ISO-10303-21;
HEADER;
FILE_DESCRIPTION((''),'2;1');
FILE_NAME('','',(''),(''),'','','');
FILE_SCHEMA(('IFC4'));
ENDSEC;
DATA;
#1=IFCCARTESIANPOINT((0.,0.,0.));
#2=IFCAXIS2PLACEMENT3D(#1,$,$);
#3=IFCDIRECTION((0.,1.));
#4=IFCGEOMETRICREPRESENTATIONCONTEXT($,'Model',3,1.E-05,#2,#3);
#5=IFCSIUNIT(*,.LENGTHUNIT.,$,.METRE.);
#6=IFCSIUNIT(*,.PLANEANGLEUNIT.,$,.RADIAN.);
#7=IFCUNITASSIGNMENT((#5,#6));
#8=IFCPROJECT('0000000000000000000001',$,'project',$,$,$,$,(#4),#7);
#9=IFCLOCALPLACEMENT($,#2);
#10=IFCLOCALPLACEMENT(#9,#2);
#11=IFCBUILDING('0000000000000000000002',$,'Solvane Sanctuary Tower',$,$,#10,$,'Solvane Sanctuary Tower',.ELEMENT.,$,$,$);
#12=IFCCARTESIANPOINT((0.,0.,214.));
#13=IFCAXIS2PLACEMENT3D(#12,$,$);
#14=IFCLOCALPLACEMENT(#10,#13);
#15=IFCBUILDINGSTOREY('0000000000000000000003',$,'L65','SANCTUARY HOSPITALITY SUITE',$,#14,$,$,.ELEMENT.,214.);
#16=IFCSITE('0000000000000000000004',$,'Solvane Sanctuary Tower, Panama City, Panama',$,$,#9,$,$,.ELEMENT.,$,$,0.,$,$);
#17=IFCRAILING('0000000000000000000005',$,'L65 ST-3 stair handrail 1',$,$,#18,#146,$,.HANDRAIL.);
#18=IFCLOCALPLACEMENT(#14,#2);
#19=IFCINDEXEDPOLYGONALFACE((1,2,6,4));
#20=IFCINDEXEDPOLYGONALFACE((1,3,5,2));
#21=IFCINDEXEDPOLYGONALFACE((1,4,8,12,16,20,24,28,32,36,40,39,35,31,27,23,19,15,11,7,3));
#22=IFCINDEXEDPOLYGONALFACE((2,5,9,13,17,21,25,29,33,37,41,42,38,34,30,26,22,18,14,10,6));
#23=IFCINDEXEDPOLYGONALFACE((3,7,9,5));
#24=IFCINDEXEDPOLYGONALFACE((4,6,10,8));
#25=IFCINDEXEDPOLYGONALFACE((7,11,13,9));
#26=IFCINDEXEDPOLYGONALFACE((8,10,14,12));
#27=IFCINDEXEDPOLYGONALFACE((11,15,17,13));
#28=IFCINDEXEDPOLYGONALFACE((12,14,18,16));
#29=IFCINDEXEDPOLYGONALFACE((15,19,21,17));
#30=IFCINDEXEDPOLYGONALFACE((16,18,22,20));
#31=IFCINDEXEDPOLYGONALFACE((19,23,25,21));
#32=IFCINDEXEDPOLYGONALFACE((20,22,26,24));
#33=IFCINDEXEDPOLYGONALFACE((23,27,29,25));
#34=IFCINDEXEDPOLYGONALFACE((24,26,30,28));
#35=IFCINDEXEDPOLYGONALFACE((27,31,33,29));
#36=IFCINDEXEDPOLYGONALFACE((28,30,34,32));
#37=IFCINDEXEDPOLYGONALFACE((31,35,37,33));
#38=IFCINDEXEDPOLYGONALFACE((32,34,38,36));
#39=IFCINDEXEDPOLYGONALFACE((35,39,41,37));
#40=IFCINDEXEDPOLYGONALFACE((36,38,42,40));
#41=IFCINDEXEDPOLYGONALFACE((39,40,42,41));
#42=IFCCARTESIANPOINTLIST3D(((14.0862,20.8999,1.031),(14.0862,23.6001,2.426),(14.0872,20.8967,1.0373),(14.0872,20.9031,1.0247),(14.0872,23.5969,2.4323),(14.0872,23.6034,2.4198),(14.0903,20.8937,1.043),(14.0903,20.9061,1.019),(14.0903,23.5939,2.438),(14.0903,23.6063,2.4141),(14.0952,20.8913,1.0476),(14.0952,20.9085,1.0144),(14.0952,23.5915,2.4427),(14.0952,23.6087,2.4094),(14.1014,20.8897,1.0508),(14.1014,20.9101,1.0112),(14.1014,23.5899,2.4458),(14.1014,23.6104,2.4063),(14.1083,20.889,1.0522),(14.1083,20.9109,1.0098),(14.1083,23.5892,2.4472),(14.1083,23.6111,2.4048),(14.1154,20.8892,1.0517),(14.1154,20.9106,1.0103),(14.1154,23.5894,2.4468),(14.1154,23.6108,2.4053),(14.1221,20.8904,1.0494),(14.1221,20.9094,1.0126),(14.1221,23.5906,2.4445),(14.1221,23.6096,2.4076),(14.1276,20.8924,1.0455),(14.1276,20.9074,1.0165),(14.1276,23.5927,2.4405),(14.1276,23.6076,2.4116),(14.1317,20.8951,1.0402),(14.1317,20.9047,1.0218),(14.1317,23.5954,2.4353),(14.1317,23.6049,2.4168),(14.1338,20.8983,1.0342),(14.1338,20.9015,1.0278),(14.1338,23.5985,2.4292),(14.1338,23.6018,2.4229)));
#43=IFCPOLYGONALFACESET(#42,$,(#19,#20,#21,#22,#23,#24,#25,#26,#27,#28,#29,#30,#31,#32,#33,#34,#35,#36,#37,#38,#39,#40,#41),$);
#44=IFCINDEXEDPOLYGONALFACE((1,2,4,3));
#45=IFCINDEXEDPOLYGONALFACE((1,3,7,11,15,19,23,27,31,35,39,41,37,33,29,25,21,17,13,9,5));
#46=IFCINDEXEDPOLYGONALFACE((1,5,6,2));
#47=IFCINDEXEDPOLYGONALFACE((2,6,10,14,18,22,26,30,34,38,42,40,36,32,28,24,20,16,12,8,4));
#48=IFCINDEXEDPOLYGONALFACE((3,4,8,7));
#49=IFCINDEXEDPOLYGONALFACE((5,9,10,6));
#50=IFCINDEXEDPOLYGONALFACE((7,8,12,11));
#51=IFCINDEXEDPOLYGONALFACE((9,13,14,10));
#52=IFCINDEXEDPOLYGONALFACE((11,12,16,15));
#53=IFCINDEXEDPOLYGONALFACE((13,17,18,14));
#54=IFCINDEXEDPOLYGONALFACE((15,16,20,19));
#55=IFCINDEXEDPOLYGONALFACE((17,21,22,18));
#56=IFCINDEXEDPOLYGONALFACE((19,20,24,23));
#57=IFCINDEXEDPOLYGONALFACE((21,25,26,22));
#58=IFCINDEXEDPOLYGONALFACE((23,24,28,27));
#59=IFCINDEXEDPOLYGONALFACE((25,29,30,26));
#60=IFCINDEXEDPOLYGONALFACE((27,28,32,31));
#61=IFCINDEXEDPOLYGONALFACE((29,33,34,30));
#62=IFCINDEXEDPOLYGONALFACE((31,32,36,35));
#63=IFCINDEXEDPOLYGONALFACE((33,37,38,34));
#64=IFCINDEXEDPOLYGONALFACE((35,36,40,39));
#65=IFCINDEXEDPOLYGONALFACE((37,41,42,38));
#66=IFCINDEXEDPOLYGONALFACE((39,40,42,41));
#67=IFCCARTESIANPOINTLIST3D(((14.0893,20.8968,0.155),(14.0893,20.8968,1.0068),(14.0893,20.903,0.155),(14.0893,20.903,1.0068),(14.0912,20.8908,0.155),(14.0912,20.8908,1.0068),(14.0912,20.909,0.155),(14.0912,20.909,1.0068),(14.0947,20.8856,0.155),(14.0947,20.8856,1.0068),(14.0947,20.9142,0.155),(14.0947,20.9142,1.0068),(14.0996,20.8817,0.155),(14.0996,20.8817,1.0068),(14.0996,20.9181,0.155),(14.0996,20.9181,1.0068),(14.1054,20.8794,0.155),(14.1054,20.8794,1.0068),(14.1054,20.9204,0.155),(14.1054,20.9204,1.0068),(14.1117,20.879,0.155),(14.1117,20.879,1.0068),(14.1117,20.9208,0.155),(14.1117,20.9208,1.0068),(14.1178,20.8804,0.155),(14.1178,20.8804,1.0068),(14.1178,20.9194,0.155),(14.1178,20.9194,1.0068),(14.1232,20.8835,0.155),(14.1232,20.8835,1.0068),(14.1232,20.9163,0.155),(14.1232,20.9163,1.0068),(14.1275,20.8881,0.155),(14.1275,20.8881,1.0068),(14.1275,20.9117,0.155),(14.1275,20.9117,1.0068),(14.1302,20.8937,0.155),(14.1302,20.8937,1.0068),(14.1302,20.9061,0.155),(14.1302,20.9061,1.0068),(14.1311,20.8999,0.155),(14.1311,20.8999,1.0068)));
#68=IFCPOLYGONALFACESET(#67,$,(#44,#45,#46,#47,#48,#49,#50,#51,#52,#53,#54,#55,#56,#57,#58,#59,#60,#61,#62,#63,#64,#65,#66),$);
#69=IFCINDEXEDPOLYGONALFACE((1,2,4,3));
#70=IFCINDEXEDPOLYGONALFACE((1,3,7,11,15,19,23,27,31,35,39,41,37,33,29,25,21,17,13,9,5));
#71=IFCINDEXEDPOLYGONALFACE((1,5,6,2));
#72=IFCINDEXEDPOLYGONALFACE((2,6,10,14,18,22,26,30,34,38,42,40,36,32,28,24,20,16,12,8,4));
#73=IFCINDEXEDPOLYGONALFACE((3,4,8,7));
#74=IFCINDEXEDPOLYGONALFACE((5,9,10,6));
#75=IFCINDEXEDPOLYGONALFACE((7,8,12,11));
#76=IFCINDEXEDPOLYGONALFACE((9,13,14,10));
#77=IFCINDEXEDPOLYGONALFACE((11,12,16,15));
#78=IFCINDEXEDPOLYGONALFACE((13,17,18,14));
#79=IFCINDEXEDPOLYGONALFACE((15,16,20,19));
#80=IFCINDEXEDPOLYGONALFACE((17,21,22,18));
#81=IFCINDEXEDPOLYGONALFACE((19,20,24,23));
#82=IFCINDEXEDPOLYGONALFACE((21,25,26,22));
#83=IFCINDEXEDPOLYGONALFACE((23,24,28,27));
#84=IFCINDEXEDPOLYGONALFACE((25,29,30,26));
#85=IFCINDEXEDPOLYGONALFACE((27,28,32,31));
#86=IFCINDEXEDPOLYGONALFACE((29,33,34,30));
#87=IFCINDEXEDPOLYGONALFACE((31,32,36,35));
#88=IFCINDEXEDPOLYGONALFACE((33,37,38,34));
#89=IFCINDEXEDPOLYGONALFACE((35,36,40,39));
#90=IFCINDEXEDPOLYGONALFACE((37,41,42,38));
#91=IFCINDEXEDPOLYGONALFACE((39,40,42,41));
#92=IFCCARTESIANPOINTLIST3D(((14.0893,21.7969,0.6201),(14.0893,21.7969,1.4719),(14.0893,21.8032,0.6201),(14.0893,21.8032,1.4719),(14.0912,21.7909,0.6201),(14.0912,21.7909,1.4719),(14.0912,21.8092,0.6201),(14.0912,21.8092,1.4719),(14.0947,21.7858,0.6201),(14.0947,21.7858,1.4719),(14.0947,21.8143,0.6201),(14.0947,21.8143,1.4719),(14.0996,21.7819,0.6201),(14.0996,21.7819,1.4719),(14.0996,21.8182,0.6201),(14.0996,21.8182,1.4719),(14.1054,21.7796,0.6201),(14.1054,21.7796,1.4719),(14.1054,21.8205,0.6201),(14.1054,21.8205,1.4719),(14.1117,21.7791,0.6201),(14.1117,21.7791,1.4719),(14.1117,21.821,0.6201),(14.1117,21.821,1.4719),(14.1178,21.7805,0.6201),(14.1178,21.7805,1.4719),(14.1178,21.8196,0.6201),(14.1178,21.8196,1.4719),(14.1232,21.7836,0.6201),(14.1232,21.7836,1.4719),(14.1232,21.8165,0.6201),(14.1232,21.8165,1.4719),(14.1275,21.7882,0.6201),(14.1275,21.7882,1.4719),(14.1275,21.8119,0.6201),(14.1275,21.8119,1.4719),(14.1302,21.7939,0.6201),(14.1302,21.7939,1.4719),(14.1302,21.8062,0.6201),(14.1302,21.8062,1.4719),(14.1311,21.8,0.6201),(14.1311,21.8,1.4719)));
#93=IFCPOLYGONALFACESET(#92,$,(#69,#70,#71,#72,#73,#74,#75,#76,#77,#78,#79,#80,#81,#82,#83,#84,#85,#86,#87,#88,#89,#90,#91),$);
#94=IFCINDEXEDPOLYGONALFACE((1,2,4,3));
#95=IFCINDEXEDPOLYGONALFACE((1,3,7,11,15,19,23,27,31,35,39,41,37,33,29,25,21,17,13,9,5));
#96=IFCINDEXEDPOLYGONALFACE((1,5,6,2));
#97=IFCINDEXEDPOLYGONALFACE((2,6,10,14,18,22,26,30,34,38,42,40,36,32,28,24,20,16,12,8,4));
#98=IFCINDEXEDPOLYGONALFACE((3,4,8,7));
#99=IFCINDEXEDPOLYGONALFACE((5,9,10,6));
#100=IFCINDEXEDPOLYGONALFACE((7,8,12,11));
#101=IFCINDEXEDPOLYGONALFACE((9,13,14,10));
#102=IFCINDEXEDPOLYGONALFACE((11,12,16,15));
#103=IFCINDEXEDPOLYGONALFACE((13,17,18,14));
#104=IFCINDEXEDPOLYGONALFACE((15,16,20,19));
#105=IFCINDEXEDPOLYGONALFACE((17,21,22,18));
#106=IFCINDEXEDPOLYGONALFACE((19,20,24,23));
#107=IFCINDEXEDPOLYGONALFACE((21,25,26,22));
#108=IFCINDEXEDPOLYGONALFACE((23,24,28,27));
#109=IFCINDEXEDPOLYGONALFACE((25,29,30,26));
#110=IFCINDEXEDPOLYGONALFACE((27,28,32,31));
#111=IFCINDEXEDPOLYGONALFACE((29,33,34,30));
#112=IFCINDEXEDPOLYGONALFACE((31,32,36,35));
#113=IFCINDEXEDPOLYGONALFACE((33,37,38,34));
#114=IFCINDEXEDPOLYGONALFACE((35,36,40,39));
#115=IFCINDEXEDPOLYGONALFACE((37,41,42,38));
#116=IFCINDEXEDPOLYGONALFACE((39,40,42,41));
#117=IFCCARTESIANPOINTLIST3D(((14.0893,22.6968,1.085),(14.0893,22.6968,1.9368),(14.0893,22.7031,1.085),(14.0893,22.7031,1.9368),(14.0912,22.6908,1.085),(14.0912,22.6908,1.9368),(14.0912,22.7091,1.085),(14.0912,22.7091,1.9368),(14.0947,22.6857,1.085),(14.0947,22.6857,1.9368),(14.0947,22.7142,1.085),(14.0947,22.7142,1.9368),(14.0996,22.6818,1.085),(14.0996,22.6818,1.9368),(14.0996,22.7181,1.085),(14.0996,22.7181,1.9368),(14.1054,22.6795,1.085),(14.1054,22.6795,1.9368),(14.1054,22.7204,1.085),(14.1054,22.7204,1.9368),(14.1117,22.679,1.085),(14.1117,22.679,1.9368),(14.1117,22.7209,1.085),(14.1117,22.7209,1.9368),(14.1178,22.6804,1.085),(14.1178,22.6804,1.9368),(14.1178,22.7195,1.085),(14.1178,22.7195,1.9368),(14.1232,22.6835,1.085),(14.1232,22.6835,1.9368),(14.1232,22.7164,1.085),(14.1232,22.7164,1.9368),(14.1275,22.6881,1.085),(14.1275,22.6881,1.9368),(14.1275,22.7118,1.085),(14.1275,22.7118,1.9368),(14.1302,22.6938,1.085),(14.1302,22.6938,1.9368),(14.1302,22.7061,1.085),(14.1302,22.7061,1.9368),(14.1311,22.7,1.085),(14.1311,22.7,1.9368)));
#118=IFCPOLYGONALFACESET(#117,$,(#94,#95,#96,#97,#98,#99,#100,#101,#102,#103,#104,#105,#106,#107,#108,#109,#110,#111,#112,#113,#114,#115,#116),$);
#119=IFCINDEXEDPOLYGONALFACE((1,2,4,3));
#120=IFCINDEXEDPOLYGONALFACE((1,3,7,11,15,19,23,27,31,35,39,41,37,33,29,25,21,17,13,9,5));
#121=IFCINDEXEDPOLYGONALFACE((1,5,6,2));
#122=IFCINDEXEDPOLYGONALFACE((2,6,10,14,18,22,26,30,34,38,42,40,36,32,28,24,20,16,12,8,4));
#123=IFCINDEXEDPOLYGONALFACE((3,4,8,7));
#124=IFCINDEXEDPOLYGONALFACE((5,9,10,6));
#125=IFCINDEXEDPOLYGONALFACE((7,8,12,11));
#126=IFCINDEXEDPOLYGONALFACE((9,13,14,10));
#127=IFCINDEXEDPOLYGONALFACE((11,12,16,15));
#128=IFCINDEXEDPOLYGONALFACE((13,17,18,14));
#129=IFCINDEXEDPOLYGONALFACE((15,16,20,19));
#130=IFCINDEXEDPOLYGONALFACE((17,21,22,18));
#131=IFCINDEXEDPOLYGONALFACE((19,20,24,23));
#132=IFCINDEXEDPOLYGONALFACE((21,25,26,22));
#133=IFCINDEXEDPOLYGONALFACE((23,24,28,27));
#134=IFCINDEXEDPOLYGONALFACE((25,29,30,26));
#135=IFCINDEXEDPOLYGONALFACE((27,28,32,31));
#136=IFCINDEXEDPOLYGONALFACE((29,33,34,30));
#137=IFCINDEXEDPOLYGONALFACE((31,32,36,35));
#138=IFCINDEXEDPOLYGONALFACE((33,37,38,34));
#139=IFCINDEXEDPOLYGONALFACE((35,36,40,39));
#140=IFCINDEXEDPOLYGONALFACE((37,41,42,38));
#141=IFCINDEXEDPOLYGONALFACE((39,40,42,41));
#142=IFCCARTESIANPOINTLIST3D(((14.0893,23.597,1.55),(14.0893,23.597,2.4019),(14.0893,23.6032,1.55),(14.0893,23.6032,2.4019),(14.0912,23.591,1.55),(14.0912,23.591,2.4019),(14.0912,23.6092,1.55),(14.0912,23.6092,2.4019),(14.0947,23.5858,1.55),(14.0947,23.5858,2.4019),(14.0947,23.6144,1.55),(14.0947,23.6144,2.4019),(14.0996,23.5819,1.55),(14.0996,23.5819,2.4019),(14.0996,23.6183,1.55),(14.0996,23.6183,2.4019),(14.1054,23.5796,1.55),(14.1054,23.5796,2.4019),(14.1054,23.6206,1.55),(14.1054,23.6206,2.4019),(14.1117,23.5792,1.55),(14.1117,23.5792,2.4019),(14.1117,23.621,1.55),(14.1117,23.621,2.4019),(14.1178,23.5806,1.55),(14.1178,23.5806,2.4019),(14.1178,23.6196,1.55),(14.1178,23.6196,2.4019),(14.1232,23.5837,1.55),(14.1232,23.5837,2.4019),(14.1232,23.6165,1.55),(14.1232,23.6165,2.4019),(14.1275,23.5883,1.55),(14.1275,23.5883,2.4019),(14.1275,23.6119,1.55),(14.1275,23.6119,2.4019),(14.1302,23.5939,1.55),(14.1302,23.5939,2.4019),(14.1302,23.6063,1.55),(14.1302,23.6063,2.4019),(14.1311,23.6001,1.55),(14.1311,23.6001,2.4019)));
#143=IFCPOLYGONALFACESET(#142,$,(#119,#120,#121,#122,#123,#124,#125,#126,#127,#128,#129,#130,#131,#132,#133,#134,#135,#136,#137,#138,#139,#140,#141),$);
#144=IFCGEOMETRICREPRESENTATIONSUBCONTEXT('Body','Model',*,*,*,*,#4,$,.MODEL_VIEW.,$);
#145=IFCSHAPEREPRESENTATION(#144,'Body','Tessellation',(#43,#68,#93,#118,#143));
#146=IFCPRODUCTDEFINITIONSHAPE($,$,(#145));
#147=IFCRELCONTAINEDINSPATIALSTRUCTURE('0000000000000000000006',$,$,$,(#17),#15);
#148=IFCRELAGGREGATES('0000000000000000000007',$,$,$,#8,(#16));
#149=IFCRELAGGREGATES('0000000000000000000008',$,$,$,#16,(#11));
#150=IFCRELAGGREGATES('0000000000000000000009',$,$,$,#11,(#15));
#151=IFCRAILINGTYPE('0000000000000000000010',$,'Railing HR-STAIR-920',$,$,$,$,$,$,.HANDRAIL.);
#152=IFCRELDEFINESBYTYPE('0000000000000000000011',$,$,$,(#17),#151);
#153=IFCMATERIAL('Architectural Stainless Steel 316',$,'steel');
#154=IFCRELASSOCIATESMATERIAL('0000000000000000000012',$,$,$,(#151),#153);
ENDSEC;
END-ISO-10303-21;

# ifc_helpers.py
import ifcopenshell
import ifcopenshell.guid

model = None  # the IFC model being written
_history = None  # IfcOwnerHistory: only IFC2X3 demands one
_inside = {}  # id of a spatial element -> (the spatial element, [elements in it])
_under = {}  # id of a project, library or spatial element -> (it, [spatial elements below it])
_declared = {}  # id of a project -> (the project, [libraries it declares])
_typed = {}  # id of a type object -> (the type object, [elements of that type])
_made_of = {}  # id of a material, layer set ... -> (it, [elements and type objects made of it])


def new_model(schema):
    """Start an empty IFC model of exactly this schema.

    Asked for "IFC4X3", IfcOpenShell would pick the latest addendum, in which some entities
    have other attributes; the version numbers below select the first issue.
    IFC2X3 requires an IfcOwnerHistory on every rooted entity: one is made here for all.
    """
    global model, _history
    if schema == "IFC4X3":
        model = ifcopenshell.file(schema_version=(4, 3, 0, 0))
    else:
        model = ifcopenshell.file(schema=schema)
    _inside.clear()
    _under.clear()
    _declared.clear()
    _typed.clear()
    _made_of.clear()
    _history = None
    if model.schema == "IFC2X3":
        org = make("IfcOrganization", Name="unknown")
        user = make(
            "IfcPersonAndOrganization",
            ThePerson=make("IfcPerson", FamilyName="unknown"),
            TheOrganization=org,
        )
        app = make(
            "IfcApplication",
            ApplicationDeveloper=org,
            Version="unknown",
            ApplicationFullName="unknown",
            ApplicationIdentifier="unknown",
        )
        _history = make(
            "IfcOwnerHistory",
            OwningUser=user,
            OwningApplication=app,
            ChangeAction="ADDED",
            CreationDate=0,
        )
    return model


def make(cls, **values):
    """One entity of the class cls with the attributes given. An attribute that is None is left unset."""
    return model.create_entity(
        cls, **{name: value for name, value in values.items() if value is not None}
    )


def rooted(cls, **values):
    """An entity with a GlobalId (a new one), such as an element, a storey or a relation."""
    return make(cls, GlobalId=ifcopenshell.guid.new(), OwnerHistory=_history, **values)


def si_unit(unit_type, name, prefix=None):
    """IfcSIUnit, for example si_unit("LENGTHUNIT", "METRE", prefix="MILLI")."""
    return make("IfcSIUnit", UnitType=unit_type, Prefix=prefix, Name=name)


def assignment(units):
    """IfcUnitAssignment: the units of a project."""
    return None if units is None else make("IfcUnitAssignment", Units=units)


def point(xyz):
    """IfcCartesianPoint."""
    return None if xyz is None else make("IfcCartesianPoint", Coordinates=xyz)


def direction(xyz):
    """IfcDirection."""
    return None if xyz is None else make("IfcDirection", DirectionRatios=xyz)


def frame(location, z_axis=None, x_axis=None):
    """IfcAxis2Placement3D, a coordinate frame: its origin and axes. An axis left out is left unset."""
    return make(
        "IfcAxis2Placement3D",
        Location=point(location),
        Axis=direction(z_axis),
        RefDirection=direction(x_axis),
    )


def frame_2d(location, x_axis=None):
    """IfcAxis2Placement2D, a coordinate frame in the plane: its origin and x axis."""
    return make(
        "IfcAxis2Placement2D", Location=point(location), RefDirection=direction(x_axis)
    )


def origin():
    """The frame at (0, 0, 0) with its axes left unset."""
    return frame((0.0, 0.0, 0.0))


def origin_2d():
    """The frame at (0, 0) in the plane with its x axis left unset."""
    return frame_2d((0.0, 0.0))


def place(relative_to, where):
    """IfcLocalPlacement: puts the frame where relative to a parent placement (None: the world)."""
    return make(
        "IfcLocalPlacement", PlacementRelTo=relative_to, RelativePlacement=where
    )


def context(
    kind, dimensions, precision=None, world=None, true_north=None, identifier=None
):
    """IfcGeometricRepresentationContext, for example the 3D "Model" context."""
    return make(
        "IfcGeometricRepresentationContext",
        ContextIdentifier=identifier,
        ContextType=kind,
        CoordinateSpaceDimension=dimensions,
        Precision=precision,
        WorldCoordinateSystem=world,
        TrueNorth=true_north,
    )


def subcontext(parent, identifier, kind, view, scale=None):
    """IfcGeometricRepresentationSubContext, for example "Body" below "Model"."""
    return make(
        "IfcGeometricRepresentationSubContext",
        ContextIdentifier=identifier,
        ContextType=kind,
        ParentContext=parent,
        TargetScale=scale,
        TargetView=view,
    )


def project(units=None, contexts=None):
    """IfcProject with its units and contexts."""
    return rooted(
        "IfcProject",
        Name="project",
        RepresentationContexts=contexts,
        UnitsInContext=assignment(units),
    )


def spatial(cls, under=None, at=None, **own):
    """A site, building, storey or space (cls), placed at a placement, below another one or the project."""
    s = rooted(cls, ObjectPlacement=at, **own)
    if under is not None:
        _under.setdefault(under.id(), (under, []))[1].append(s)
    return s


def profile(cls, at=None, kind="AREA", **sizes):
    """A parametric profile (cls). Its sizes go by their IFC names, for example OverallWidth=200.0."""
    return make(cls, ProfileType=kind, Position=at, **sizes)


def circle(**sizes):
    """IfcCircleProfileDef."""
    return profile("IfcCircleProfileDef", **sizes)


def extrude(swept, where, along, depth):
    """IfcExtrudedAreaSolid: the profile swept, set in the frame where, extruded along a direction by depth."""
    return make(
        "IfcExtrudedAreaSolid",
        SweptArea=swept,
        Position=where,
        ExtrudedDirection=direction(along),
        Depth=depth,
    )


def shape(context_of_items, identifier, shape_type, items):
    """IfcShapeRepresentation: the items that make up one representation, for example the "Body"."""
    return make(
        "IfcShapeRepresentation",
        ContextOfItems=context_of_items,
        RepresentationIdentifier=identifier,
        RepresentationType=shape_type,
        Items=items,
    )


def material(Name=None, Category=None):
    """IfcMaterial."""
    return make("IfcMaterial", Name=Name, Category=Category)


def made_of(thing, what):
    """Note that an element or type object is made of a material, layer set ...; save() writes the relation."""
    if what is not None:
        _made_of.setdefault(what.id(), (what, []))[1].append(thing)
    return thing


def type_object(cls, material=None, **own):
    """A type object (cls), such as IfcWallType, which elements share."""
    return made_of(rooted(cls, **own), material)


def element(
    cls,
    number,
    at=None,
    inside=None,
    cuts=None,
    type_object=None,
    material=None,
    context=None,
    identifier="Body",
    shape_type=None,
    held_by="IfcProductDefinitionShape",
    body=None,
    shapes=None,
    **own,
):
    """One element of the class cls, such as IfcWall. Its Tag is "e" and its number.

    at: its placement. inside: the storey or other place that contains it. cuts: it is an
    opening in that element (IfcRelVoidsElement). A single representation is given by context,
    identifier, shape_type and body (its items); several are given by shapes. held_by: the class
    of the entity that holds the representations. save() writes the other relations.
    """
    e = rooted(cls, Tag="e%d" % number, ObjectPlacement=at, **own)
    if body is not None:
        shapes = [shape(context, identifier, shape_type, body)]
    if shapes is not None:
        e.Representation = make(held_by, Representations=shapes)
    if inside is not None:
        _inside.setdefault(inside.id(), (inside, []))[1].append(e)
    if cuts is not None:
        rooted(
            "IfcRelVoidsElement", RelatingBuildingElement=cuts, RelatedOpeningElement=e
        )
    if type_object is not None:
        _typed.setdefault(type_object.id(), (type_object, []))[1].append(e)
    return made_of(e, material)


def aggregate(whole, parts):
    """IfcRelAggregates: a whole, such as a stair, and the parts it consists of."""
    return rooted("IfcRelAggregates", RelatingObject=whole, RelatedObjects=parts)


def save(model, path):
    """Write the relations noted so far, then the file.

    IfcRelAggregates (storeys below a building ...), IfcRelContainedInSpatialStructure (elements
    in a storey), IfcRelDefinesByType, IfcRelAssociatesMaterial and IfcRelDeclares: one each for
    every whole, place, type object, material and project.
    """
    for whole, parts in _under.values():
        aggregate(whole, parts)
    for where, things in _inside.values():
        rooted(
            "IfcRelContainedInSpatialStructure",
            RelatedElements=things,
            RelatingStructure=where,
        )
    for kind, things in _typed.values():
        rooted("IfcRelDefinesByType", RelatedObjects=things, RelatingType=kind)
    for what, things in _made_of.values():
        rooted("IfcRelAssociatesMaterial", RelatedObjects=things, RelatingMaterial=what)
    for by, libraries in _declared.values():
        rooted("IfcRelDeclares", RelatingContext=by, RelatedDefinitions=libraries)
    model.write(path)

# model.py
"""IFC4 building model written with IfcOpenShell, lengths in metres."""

from ifc_helpers import new_model, si_unit, direction, frame, origin, origin_2d, place, context, subcontext, project, spatial, circle, extrude, material, type_object, element, save


model = new_model("IFC4")

# Units and contexts
model_context = context("Model", 3, precision=1e-05, world=origin(), true_north=direction((0.0, 1.0)))
body_context = subcontext(model_context, "Body", "Model", "MODEL_VIEW")
ifc_project = project(units=[si_unit("LENGTHUNIT", "METRE"), si_unit("PLANEANGLEUNIT", "RADIAN")], contexts=[model_context])

# Site, building, storey
site_placement = place(None, origin())
site = spatial("IfcSite", under=ifc_project, at=site_placement, Name="Solvane Sanctuary Tower, Panama City, Panama", CompositionType="ELEMENT", RefElevation=0.0)
building_placement = place(site_placement, origin())
building = spatial("IfcBuilding", under=site, at=building_placement, Name="Solvane Sanctuary Tower", LongName="Solvane Sanctuary Tower", CompositionType="ELEMENT")
storey_placement = place(building_placement, frame((0.0, 0.0, 214.0)))
storey = spatial("IfcBuildingStorey", under=building, at=storey_placement, Name="L65", Description="SANCTUARY HOSPITALITY SUITE", CompositionType="ELEMENT", Elevation=214.0)

# Shared definitions
ifc_material_1 = material(Name="Architectural Stainless Steel 316", Category="steel")

# Railing
railing_type_1 = type_object("IfcRailingType", Name="Railing HR-STAIR-920", PredefinedType="HANDRAIL", material=ifc_material_1)
railing_1_placement = place(storey_placement, frame((14.1101, 20.8999, 0.155)))
element("IfcRailing", 1, at=railing_1_placement, inside=storey, type_object=railing_type_1, Name="L65 ST-3 stair handrail 1", PredefinedType="HANDRAIL", context=body_context, shape_type="SweptSolid", body=[
    extrude(circle(Radius=0.0239, at=origin_2d()), frame((0.0, 0.0, 0.876), z_axis=(0.0, 0.888437, 0.458999), x_axis=(-1.0, 0.0, 0.0)), (0.0, 0.0, 1.0), 3.0393),
    extrude(circle(Radius=0.021, at=origin_2d()), origin(), (0.0, 0.0, 1.0), 0.8518),
    extrude(circle(Radius=0.021, at=origin_2d()), frame((0.0, 0.9001, 0.4651)), (0.0, 0.0, 1.0), 0.8518),
    extrude(circle(Radius=0.021, at=origin_2d()), frame((0.0, 1.8, 0.9299)), (0.0, 0.0, 1.0), 0.8518),
    extrude(circle(Radius=0.021, at=origin_2d()), frame((0.0, 2.7002, 1.395)), (0.0, 0.0, 1.0), 0.8518),
])

save(model, "model.ifc")
